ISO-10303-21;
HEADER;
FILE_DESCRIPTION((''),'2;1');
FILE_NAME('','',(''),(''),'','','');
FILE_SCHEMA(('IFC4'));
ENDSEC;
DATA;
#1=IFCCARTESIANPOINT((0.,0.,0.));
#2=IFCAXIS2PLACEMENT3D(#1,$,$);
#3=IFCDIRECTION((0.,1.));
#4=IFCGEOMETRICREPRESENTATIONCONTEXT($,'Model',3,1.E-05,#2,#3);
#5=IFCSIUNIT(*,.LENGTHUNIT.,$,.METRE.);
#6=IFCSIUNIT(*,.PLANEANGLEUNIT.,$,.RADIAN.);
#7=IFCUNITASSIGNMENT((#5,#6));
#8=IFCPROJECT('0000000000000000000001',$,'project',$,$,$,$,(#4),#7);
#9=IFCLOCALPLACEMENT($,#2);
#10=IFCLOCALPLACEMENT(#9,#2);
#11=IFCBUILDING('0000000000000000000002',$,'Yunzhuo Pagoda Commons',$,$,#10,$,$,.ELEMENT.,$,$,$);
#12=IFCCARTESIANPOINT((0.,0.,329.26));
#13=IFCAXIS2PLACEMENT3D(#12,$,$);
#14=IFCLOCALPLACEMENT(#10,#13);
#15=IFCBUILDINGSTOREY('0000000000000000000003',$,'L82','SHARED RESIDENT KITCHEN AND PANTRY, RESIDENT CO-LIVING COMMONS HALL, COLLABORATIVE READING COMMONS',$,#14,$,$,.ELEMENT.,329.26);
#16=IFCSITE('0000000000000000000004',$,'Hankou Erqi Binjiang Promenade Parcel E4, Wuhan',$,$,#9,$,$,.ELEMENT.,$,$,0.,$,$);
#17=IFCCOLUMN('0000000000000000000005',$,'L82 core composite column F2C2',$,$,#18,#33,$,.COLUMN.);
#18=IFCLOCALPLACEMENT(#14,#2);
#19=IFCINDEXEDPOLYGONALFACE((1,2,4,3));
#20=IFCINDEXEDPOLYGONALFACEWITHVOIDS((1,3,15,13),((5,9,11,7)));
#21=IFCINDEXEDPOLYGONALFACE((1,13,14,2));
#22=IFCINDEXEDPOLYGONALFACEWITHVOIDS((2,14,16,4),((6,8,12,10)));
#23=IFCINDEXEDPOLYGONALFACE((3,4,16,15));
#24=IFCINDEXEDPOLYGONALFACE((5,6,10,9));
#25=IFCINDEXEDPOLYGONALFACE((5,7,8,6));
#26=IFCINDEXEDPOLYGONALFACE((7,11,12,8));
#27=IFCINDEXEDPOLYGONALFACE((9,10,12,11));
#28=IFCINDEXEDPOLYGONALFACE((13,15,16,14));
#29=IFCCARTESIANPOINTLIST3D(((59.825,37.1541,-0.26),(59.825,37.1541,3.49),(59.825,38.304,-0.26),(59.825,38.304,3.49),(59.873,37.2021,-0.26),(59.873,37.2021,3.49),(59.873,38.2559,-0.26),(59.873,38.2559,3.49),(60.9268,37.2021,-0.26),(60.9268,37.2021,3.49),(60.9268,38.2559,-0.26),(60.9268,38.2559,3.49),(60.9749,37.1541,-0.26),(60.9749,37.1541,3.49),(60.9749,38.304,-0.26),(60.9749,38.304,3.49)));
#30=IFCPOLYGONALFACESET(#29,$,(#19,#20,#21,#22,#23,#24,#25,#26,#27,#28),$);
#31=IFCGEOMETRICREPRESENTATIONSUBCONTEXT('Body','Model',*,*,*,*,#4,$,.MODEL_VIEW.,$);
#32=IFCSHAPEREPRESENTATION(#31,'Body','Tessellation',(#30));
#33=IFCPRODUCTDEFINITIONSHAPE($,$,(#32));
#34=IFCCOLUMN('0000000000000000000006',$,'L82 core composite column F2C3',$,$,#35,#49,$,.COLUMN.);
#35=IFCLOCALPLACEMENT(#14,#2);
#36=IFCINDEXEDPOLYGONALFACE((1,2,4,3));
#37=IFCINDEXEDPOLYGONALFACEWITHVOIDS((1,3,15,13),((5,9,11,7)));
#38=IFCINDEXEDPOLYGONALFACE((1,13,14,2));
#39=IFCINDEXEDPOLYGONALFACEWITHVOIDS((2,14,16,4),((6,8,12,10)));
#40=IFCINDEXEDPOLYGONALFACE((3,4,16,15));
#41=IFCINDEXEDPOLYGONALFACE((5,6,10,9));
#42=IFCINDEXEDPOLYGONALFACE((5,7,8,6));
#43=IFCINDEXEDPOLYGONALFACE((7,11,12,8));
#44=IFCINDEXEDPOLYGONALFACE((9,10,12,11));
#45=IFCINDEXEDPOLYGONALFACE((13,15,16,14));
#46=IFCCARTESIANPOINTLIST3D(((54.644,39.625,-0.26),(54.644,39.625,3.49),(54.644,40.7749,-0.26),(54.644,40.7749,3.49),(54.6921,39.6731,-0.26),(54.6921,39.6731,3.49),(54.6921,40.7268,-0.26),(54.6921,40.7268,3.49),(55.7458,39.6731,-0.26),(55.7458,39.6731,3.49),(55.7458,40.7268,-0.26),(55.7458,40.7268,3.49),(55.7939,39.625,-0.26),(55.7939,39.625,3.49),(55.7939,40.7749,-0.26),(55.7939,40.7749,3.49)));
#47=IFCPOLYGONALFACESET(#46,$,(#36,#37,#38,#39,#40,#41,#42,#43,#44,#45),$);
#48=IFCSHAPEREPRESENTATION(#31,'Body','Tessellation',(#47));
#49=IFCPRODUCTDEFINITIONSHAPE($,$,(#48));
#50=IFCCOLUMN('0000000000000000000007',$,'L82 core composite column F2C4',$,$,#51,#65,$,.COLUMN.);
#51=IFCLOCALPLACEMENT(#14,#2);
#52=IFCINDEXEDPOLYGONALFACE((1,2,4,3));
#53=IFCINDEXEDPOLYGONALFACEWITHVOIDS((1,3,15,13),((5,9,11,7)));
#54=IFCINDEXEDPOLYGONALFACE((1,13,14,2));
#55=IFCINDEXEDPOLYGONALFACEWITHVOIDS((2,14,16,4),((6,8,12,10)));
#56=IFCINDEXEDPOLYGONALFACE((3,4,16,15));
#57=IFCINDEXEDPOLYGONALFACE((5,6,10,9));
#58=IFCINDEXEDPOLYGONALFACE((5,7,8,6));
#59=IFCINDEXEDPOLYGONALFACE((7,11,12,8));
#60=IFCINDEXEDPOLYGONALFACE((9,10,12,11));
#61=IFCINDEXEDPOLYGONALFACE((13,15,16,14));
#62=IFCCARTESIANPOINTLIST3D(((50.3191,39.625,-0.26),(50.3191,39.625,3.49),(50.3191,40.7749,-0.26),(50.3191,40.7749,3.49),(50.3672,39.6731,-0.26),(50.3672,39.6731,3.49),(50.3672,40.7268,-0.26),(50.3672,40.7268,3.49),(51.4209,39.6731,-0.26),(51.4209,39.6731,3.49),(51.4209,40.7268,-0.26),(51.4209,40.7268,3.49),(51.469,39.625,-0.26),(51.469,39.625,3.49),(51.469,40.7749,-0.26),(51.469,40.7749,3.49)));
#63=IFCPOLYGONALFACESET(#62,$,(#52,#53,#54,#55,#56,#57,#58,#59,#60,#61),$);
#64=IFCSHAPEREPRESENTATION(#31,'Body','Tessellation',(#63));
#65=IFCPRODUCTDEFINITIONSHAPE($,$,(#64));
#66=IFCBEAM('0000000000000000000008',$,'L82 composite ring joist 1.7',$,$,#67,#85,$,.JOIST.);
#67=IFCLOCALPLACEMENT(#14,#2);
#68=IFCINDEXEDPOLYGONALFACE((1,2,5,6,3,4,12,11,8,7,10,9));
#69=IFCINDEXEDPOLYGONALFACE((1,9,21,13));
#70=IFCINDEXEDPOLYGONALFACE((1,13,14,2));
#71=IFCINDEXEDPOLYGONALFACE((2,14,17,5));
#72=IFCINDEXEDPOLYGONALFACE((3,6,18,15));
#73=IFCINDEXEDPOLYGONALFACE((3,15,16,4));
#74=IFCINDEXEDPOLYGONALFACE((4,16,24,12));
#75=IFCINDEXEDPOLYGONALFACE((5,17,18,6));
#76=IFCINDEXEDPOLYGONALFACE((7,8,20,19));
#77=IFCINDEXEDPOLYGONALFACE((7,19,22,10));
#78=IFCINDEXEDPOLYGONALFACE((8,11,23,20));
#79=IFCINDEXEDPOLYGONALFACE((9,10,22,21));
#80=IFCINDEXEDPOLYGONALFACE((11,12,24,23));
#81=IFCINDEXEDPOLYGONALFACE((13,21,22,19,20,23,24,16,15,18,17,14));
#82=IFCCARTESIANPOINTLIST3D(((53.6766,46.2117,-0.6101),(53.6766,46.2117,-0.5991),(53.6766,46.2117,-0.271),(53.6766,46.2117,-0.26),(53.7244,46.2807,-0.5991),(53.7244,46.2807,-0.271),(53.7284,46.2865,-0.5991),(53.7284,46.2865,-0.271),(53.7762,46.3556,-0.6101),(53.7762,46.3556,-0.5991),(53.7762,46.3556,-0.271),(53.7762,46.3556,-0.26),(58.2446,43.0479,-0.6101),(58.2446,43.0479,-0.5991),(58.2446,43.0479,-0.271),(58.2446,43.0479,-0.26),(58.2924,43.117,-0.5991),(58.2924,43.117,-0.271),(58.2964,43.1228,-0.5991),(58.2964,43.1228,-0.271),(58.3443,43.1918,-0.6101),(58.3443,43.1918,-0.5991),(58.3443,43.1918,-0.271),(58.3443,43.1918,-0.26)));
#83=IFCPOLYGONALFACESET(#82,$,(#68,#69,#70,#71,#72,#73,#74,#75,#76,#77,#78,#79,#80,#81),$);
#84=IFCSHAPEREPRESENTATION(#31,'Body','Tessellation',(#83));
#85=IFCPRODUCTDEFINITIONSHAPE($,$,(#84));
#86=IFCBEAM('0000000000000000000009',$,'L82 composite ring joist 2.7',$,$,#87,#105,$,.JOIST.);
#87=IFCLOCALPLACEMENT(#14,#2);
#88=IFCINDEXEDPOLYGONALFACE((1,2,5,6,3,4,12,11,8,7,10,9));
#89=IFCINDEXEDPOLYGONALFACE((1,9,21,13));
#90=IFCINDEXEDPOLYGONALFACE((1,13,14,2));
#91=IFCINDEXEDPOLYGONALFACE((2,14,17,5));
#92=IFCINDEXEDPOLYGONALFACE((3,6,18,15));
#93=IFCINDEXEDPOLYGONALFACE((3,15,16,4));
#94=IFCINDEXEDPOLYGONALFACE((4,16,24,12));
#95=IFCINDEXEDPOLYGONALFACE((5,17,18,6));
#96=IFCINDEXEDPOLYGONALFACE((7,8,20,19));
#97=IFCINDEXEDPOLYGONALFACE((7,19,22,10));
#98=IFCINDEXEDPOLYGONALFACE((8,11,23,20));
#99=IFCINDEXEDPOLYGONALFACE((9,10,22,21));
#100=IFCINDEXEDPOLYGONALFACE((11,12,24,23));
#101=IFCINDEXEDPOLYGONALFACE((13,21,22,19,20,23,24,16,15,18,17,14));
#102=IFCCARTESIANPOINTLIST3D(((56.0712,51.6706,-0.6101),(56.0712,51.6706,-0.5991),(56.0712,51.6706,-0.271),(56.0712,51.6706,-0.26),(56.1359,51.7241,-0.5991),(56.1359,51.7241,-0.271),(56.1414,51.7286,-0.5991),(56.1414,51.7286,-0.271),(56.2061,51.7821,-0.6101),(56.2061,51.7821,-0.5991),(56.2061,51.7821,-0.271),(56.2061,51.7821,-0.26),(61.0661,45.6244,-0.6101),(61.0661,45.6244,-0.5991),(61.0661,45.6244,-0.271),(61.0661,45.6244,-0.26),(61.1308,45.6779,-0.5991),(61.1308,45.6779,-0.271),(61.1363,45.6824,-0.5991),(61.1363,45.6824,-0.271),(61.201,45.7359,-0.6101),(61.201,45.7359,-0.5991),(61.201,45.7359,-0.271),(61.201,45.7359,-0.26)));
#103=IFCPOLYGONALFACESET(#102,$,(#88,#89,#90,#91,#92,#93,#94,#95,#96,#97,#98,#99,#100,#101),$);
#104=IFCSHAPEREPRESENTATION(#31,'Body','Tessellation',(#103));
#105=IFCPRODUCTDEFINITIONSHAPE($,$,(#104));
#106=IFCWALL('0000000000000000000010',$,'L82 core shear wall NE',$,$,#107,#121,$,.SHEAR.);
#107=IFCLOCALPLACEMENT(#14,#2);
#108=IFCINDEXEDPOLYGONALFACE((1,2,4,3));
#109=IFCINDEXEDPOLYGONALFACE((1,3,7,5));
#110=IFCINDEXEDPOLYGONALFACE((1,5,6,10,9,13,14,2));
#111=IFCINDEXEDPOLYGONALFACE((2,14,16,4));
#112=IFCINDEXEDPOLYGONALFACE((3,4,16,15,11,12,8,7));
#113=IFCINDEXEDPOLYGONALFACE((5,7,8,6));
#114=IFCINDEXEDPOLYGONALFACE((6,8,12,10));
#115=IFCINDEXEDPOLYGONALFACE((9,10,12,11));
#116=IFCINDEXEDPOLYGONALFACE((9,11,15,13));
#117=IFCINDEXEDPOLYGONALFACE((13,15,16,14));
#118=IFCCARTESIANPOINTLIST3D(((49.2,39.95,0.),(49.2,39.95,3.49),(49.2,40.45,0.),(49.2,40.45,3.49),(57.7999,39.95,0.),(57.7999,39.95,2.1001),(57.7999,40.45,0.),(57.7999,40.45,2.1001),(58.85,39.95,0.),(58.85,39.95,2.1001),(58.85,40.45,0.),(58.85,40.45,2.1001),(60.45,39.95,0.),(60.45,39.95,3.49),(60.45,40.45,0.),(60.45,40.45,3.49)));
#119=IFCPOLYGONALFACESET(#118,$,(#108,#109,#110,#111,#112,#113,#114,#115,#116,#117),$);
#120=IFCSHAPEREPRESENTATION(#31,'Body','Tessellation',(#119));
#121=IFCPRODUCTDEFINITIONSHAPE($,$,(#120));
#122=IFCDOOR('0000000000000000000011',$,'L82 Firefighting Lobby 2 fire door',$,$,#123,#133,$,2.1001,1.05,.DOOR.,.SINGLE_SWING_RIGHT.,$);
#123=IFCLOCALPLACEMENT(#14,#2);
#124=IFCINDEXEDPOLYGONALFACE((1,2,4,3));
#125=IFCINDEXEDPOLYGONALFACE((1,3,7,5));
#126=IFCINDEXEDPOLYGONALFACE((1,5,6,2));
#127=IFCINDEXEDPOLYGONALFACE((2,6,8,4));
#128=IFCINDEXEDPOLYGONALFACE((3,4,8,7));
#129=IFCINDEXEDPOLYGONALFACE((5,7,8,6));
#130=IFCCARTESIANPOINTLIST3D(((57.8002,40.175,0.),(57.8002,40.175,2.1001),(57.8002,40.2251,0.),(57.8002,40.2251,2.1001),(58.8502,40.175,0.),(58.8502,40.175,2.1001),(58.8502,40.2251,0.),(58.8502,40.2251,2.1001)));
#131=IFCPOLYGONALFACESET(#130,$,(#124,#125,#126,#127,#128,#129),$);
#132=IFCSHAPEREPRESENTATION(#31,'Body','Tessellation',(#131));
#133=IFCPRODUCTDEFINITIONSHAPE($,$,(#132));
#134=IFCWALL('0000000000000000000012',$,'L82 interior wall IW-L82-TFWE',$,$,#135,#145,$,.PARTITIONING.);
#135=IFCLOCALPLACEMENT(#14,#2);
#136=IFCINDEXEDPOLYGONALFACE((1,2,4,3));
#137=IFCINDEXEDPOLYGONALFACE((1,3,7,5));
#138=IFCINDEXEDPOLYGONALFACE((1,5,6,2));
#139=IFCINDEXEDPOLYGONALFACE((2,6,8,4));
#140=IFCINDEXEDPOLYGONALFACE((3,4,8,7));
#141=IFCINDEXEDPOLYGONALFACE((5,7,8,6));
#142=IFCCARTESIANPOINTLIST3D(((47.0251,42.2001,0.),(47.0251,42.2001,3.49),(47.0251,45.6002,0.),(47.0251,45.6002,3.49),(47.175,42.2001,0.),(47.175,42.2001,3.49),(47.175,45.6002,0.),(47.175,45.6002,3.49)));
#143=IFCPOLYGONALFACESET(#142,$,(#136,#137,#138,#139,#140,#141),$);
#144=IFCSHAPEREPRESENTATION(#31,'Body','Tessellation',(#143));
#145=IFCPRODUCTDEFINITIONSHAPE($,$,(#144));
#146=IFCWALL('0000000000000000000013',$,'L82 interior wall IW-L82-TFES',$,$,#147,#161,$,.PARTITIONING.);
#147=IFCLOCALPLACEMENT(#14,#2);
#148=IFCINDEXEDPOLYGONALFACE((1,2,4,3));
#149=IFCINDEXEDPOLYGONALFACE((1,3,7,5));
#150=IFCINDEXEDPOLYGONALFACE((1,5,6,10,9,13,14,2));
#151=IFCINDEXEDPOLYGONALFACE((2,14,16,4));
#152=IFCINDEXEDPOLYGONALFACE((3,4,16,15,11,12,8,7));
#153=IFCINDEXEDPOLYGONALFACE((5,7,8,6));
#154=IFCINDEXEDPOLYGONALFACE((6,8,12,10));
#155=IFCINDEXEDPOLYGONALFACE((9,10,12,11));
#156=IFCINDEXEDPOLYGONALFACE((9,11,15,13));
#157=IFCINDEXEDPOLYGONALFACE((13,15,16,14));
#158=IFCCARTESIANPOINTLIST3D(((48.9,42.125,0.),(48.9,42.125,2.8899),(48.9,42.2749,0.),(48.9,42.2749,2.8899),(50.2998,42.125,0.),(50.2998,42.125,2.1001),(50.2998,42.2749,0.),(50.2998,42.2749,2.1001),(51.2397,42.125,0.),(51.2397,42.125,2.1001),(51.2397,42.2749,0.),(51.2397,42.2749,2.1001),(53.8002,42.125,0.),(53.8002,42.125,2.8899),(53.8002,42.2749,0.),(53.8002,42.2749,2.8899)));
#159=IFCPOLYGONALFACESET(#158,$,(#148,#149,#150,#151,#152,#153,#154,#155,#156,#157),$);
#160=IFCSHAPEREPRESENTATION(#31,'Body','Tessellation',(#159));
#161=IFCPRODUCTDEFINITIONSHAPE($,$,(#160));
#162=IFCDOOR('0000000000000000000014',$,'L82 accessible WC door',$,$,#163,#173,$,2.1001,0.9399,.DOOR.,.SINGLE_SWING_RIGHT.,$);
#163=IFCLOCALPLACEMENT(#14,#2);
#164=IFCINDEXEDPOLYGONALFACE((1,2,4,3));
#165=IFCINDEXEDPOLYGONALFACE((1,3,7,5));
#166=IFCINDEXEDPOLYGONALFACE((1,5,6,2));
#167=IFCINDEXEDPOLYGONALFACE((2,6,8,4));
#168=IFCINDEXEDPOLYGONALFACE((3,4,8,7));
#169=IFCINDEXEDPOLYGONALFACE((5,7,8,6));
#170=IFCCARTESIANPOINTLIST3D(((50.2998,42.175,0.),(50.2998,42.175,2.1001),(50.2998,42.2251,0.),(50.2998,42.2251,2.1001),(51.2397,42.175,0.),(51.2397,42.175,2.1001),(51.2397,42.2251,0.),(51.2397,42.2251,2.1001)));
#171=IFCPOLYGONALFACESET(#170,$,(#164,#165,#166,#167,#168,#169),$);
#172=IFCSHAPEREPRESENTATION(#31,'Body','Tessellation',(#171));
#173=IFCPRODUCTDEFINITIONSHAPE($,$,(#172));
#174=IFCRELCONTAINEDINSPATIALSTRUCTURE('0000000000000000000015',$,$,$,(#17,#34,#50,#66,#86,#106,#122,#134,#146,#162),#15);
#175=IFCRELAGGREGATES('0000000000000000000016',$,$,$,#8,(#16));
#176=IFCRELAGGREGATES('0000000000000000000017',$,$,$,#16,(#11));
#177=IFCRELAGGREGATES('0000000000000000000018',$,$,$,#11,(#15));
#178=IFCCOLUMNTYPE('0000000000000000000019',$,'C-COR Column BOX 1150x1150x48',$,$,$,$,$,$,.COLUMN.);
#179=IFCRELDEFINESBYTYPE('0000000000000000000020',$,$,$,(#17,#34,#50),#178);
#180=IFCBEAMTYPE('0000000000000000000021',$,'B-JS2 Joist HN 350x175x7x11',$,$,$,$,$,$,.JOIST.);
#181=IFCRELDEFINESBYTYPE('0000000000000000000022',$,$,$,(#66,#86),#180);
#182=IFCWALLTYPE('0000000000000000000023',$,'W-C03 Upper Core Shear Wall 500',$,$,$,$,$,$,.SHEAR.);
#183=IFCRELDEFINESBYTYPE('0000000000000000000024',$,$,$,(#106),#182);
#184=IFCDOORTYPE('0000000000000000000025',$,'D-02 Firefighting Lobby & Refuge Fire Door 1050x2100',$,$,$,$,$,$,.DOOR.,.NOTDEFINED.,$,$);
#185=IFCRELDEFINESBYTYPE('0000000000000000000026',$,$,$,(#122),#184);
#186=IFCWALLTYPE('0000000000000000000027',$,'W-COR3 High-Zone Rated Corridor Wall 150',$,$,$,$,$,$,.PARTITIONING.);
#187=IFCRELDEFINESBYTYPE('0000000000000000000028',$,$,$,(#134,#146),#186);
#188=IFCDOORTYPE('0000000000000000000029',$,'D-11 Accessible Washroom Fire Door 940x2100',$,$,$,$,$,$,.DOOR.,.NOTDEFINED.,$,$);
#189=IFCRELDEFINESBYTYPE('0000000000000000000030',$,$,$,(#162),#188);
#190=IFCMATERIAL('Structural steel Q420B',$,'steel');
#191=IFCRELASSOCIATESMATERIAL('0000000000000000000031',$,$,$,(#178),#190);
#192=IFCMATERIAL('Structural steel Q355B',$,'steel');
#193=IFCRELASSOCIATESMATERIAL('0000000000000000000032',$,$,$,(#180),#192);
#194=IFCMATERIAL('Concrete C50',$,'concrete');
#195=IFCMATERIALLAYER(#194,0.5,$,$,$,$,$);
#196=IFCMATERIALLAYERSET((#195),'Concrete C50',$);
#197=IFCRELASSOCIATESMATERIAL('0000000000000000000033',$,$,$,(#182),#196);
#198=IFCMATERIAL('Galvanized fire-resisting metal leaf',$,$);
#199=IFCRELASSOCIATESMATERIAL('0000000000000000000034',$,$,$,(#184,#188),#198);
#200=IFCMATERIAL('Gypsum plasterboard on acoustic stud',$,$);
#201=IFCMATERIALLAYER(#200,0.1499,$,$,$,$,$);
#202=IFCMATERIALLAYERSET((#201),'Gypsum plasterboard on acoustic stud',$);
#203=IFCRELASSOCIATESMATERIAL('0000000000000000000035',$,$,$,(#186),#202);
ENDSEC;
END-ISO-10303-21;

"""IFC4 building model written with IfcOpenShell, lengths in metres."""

from ifc_helpers import new_model, si_unit, direction, frame, frame_2d, origin, origin_2d, place, context, subcontext, project, spatial, rectangle, hollow_rectangle, i_section, extrude, source, transform, mapped, material, layer, layer_set, material_profile, profile_set, type_object, element, fill, save


model = new_model("IFC4")

# Units and contexts
model_context = context("Model", 3, precision=1e-05, world=origin(), true_north=direction((0.0, 1.0)))
body_context = subcontext(model_context, "Body", "Model", "MODEL_VIEW")
ifc_project = project(units=[si_unit("LENGTHUNIT", "METRE"), si_unit("PLANEANGLEUNIT", "RADIAN")], contexts=[model_context])

# Site, building, storey
site_placement = place(None, origin())
site = spatial("IfcSite", under=ifc_project, at=site_placement, Name="Hankou Erqi Binjiang Promenade Parcel E4, Wuhan", CompositionType="ELEMENT", RefElevation=0.0)
building_placement = place(site_placement, origin())
building = spatial("IfcBuilding", under=site, at=building_placement, Name="Yunzhuo Pagoda Commons", CompositionType="ELEMENT")
storey_placement = place(building_placement, frame((0.0, 0.0, 329.26)))
storey = spatial("IfcBuildingStorey", under=building, at=storey_placement, Name="L82", Description="SHARED RESIDENT KITCHEN AND PANTRY, RESIDENT CO-LIVING COMMONS HALL, COLLABORATIVE READING COMMONS", CompositionType="ELEMENT", Elevation=329.26)

# Columns
ifc_material_1 = material(Name="Structural steel Q420B", Category="steel")
ifc_material_profile_1 = material_profile(ifc_material_1, hollow_rectangle(XDim=1.1499, YDim=1.1499, WallThickness=0.0481, at=origin_2d()), Name="Structural steel Q420B")
ifc_profile_set_1 = profile_set([ifc_material_profile_1], Name="Structural steel Q420B")
column_type = type_object("IfcColumnType", Name="C-COR Column BOX 1150x1150x48", PredefinedType="COLUMN", material=ifc_profile_set_1)
shared_shape_1 = source(origin(), body_context, "Body", "SweptSolid", [
    extrude(hollow_rectangle(XDim=1.1499, YDim=1.1499, WallThickness=0.0481, at=origin_2d()), origin(), (0.0, 0.0, 1.0), 3.75),
])
for number, where, z_axis, x_axis, name in (
    (1, (60.3999, 37.729, -0.26), (0.0, 0.0, 1.0), (1.0, 0.0, 0.0), "L82 core composite column F2C2"),
    (2, (55.219, 40.2, -0.26), (0.0, 0.0, 1.0), (1.0, 0.0, 0.0), "L82 core composite column F2C3"),
    (3, (50.894, 40.2, -0.26), (0.0, 0.0, 1.0), (1.0, 0.0, 0.0), "L82 core composite column F2C4"),
):
    element("IfcColumn", number, at=place(storey_placement, frame(where, z_axis=z_axis, x_axis=x_axis)), inside=storey, type_object=column_type, Name=name, PredefinedType="COLUMN", context=body_context, shape_type="MappedRepresentation", body=[
        mapped(shared_shape_1, transform((0.0, 0.0, 0.0), scale=1.0)),
    ])

# Beams
ifc_material_2 = material(Name="Structural steel Q355B", Category="steel")
ifc_material_profile_2 = material_profile(ifc_material_2, i_section(OverallWidth=0.175, OverallDepth=0.3501, WebThickness=0.0071, FlangeThickness=0.011, at=origin_2d()), Name="Structural steel Q355B")
ifc_profile_set_2 = profile_set([ifc_material_profile_2], Name="Structural steel Q355B")
beam_type = type_object("IfcBeamType", Name="B-JS2 Joist HN 350x175x7x11", PredefinedType="JOIST", material=ifc_profile_set_2)
shared_shape_2 = source(origin(), body_context, "Body", "SweptSolid", [
    extrude(i_section(OverallWidth=0.175, OverallDepth=0.3501, WebThickness=0.0071, FlangeThickness=0.011, at=origin_2d()), origin(), (0.0, 0.0, 1.0), 5.5566),
])
beam_1_placement = place(storey_placement, frame((58.2944, 43.1199, -0.4351), z_axis=(-0.822085, 0.569365, 0.0), x_axis=(-0.569365, -0.822085, 0.0)))
element("IfcBeam", 4, at=beam_1_placement, inside=storey, type_object=beam_type, Name="L82 composite ring joist 1.7", PredefinedType="JOIST", context=body_context, shape_type="MappedRepresentation", body=[
    mapped(shared_shape_2, transform((0.0, 0.0, 0.0), scale=1.0)),
])
shared_shape_3 = source(origin(), body_context, "Body", "SweptSolid", [
    extrude(i_section(OverallWidth=0.175, OverallDepth=0.3501, WebThickness=0.0071, FlangeThickness=0.011, at=origin_2d()), origin(), (0.0, 0.0, 1.0), 7.8425),
])
beam_2_placement = place(storey_placement, frame((61.1335, 45.6802, -0.4351), z_axis=(-0.636899, 0.770947, 0.0), x_axis=(-0.770947, -0.636899, 0.0)))
element("IfcBeam", 5, at=beam_2_placement, inside=storey, type_object=beam_type, Name="L82 composite ring joist 2.7", PredefinedType="JOIST", context=body_context, shape_type="MappedRepresentation", body=[
    mapped(shared_shape_3, transform((0.0, 0.0, 0.0), scale=1.0)),
])

# Wall, opening, door
ifc_material_3 = material(Name="Concrete C50", Category="concrete")
ifc_layer_1 = layer(ifc_material_3, 0.5)
ifc_layer_set_1 = layer_set([ifc_layer_1], Name="Concrete C50")
wall_type_1 = type_object("IfcWallType", Name="W-C03 Upper Core Shear Wall 500", PredefinedType="SHEAR", material=ifc_layer_set_1)
wall_1_placement = place(storey_placement, frame((49.2, 40.2, 0.0), z_axis=(0.0, 0.0, 1.0), x_axis=(1.0, 0.0, 0.0)))
wall_1 = element("IfcWall", 6, at=wall_1_placement, inside=storey, type_object=wall_type_1, Name="L82 core shear wall NE", PredefinedType="SHEAR", context=body_context, shape_type="SweptSolid", body=[
    extrude(rectangle(XDim=11.25, YDim=0.5, at=frame_2d((5.625, 0.0))), origin(), (0.0, 0.0, 1.0), 3.49),
])
opening_1_placement = place(wall_1_placement, frame((8.6001, 0.0, 0.0)))
opening_1 = element("IfcOpeningElement", 7, at=opening_1_placement, cuts=wall_1, PredefinedType="OPENING", context=body_context, shape_type="SweptSolid", body=[
    extrude(rectangle(XDim=1.05, YDim=2.1001, at=frame_2d((0.5249, 1.05))), frame((0.0, 0.26, 0.0), z_axis=(0.0, -1.0, 0.0), x_axis=(1.0, 0.0, 0.0)), (0.0, 0.0, 1.0), 0.52),
])
ifc_material_4 = material(Name="Galvanized fire-resisting metal leaf")
door_type_1 = type_object("IfcDoorType", Name="D-02 Firefighting Lobby & Refuge Fire Door 1050x2100", OperationType="NOTDEFINED", PredefinedType="DOOR", material=ifc_material_4)
shared_shape_4 = source(origin(), body_context, "Body", "SweptSolid", [
    extrude(rectangle(XDim=1.05, YDim=2.1001, at=frame_2d((0.5249, 1.05))), frame((0.0, 0.0249, 0.0), z_axis=(0.0, -1.0, 0.0), x_axis=(1.0, 0.0, 0.0)), (0.0, 0.0, 1.0), 0.05),
])
door_1_placement = place(opening_1_placement, frame((1.05, 0.0, 0.0), z_axis=(0.0, 0.0, 1.0), x_axis=(-1.0, 0.0, 0.0)))
door_1 = element("IfcDoor", 8, at=door_1_placement, inside=storey, type_object=door_type_1, Name="L82 Firefighting Lobby 2 fire door", OperationType="SINGLE_SWING_RIGHT", OverallHeight=2.1001, OverallWidth=1.05, PredefinedType="DOOR", context=body_context, shape_type="MappedRepresentation", body=[
    mapped(shared_shape_4, transform((0.0, 0.0, 0.0), scale=1.0)),
])
fill(opening_1, door_1)

# Wall
ifc_material_5 = material(Name="Gypsum plasterboard on acoustic stud")
ifc_layer_2 = layer(ifc_material_5, 0.1499)
ifc_layer_set_2 = layer_set([ifc_layer_2], Name="Gypsum plasterboard on acoustic stud")
wall_type_2 = type_object("IfcWallType", Name="W-COR3 High-Zone Rated Corridor Wall 150", PredefinedType="PARTITIONING", material=ifc_layer_set_2)
wall_2_placement = place(storey_placement, frame((47.1001, 42.2, 0.0), z_axis=(0.0, 0.0, 1.0), x_axis=(0.0, 1.0, 0.0)))
element("IfcWall", 9, at=wall_2_placement, inside=storey, type_object=wall_type_2, Name="L82 interior wall IW-L82-TFWE", PredefinedType="PARTITIONING", context=body_context, shape_type="SweptSolid", body=[
    extrude(rectangle(XDim=3.4001, YDim=0.1499, at=frame_2d((1.7002, 0.0))), origin(), (0.0, 0.0, 1.0), 3.49),
])

# Wall, opening, door
wall_3_placement = place(storey_placement, frame((48.8999, 42.2, 0.0), z_axis=(0.0, 0.0, 1.0), x_axis=(1.0, 0.0, 0.0)))
wall_3 = element("IfcWall", 10, at=wall_3_placement, inside=storey, type_object=wall_type_2, Name="L82 interior wall IW-L82-TFES", PredefinedType="PARTITIONING", context=body_context, shape_type="SweptSolid", body=[
    extrude(rectangle(XDim=4.9001, YDim=0.1499, at=frame_2d((2.4502, 0.0))), origin(), (0.0, 0.0, 1.0), 2.8899),
])
opening_2_placement = place(wall_3_placement, frame((1.3999, 0.0, 0.0)))
opening_2 = element("IfcOpeningElement", 11, at=opening_2_placement, cuts=wall_3, PredefinedType="OPENING", context=body_context, shape_type="SweptSolid", body=[
    extrude(rectangle(XDim=0.9399, YDim=2.1001, at=frame_2d((0.47, 1.05))), frame((0.0, 0.085, 0.0), z_axis=(0.0, -1.0, 0.0), x_axis=(1.0, 0.0, 0.0)), (0.0, 0.0, 1.0), 0.1699),
])
door_type_2 = type_object("IfcDoorType", Name="D-11 Accessible Washroom Fire Door 940x2100", OperationType="NOTDEFINED", PredefinedType="DOOR", material=ifc_material_4)
shared_shape_5 = source(origin(), body_context, "Body", "SweptSolid", [
    extrude(rectangle(XDim=0.9399, YDim=2.1001, at=frame_2d((0.47, 1.05))), frame((0.0, 0.0249, 0.0), z_axis=(0.0, -1.0, 0.0), x_axis=(1.0, 0.0, 0.0)), (0.0, 0.0, 1.0), 0.05),
])
door_2_placement = place(opening_2_placement, frame((0.9399, 0.0, 0.0), z_axis=(0.0, 0.0, 1.0), x_axis=(-1.0, 0.0, 0.0)))
door_2 = element("IfcDoor", 12, at=door_2_placement, inside=storey, type_object=door_type_2, Name="L82 accessible WC door", OperationType="SINGLE_SWING_RIGHT", OverallHeight=2.1001, OverallWidth=0.9399, PredefinedType="DOOR", context=body_context, shape_type="MappedRepresentation", body=[
    mapped(shared_shape_5, transform((0.0, 0.0, 0.0), scale=1.0)),
])
fill(opening_2, door_2)

save(model, "model.ifc")
